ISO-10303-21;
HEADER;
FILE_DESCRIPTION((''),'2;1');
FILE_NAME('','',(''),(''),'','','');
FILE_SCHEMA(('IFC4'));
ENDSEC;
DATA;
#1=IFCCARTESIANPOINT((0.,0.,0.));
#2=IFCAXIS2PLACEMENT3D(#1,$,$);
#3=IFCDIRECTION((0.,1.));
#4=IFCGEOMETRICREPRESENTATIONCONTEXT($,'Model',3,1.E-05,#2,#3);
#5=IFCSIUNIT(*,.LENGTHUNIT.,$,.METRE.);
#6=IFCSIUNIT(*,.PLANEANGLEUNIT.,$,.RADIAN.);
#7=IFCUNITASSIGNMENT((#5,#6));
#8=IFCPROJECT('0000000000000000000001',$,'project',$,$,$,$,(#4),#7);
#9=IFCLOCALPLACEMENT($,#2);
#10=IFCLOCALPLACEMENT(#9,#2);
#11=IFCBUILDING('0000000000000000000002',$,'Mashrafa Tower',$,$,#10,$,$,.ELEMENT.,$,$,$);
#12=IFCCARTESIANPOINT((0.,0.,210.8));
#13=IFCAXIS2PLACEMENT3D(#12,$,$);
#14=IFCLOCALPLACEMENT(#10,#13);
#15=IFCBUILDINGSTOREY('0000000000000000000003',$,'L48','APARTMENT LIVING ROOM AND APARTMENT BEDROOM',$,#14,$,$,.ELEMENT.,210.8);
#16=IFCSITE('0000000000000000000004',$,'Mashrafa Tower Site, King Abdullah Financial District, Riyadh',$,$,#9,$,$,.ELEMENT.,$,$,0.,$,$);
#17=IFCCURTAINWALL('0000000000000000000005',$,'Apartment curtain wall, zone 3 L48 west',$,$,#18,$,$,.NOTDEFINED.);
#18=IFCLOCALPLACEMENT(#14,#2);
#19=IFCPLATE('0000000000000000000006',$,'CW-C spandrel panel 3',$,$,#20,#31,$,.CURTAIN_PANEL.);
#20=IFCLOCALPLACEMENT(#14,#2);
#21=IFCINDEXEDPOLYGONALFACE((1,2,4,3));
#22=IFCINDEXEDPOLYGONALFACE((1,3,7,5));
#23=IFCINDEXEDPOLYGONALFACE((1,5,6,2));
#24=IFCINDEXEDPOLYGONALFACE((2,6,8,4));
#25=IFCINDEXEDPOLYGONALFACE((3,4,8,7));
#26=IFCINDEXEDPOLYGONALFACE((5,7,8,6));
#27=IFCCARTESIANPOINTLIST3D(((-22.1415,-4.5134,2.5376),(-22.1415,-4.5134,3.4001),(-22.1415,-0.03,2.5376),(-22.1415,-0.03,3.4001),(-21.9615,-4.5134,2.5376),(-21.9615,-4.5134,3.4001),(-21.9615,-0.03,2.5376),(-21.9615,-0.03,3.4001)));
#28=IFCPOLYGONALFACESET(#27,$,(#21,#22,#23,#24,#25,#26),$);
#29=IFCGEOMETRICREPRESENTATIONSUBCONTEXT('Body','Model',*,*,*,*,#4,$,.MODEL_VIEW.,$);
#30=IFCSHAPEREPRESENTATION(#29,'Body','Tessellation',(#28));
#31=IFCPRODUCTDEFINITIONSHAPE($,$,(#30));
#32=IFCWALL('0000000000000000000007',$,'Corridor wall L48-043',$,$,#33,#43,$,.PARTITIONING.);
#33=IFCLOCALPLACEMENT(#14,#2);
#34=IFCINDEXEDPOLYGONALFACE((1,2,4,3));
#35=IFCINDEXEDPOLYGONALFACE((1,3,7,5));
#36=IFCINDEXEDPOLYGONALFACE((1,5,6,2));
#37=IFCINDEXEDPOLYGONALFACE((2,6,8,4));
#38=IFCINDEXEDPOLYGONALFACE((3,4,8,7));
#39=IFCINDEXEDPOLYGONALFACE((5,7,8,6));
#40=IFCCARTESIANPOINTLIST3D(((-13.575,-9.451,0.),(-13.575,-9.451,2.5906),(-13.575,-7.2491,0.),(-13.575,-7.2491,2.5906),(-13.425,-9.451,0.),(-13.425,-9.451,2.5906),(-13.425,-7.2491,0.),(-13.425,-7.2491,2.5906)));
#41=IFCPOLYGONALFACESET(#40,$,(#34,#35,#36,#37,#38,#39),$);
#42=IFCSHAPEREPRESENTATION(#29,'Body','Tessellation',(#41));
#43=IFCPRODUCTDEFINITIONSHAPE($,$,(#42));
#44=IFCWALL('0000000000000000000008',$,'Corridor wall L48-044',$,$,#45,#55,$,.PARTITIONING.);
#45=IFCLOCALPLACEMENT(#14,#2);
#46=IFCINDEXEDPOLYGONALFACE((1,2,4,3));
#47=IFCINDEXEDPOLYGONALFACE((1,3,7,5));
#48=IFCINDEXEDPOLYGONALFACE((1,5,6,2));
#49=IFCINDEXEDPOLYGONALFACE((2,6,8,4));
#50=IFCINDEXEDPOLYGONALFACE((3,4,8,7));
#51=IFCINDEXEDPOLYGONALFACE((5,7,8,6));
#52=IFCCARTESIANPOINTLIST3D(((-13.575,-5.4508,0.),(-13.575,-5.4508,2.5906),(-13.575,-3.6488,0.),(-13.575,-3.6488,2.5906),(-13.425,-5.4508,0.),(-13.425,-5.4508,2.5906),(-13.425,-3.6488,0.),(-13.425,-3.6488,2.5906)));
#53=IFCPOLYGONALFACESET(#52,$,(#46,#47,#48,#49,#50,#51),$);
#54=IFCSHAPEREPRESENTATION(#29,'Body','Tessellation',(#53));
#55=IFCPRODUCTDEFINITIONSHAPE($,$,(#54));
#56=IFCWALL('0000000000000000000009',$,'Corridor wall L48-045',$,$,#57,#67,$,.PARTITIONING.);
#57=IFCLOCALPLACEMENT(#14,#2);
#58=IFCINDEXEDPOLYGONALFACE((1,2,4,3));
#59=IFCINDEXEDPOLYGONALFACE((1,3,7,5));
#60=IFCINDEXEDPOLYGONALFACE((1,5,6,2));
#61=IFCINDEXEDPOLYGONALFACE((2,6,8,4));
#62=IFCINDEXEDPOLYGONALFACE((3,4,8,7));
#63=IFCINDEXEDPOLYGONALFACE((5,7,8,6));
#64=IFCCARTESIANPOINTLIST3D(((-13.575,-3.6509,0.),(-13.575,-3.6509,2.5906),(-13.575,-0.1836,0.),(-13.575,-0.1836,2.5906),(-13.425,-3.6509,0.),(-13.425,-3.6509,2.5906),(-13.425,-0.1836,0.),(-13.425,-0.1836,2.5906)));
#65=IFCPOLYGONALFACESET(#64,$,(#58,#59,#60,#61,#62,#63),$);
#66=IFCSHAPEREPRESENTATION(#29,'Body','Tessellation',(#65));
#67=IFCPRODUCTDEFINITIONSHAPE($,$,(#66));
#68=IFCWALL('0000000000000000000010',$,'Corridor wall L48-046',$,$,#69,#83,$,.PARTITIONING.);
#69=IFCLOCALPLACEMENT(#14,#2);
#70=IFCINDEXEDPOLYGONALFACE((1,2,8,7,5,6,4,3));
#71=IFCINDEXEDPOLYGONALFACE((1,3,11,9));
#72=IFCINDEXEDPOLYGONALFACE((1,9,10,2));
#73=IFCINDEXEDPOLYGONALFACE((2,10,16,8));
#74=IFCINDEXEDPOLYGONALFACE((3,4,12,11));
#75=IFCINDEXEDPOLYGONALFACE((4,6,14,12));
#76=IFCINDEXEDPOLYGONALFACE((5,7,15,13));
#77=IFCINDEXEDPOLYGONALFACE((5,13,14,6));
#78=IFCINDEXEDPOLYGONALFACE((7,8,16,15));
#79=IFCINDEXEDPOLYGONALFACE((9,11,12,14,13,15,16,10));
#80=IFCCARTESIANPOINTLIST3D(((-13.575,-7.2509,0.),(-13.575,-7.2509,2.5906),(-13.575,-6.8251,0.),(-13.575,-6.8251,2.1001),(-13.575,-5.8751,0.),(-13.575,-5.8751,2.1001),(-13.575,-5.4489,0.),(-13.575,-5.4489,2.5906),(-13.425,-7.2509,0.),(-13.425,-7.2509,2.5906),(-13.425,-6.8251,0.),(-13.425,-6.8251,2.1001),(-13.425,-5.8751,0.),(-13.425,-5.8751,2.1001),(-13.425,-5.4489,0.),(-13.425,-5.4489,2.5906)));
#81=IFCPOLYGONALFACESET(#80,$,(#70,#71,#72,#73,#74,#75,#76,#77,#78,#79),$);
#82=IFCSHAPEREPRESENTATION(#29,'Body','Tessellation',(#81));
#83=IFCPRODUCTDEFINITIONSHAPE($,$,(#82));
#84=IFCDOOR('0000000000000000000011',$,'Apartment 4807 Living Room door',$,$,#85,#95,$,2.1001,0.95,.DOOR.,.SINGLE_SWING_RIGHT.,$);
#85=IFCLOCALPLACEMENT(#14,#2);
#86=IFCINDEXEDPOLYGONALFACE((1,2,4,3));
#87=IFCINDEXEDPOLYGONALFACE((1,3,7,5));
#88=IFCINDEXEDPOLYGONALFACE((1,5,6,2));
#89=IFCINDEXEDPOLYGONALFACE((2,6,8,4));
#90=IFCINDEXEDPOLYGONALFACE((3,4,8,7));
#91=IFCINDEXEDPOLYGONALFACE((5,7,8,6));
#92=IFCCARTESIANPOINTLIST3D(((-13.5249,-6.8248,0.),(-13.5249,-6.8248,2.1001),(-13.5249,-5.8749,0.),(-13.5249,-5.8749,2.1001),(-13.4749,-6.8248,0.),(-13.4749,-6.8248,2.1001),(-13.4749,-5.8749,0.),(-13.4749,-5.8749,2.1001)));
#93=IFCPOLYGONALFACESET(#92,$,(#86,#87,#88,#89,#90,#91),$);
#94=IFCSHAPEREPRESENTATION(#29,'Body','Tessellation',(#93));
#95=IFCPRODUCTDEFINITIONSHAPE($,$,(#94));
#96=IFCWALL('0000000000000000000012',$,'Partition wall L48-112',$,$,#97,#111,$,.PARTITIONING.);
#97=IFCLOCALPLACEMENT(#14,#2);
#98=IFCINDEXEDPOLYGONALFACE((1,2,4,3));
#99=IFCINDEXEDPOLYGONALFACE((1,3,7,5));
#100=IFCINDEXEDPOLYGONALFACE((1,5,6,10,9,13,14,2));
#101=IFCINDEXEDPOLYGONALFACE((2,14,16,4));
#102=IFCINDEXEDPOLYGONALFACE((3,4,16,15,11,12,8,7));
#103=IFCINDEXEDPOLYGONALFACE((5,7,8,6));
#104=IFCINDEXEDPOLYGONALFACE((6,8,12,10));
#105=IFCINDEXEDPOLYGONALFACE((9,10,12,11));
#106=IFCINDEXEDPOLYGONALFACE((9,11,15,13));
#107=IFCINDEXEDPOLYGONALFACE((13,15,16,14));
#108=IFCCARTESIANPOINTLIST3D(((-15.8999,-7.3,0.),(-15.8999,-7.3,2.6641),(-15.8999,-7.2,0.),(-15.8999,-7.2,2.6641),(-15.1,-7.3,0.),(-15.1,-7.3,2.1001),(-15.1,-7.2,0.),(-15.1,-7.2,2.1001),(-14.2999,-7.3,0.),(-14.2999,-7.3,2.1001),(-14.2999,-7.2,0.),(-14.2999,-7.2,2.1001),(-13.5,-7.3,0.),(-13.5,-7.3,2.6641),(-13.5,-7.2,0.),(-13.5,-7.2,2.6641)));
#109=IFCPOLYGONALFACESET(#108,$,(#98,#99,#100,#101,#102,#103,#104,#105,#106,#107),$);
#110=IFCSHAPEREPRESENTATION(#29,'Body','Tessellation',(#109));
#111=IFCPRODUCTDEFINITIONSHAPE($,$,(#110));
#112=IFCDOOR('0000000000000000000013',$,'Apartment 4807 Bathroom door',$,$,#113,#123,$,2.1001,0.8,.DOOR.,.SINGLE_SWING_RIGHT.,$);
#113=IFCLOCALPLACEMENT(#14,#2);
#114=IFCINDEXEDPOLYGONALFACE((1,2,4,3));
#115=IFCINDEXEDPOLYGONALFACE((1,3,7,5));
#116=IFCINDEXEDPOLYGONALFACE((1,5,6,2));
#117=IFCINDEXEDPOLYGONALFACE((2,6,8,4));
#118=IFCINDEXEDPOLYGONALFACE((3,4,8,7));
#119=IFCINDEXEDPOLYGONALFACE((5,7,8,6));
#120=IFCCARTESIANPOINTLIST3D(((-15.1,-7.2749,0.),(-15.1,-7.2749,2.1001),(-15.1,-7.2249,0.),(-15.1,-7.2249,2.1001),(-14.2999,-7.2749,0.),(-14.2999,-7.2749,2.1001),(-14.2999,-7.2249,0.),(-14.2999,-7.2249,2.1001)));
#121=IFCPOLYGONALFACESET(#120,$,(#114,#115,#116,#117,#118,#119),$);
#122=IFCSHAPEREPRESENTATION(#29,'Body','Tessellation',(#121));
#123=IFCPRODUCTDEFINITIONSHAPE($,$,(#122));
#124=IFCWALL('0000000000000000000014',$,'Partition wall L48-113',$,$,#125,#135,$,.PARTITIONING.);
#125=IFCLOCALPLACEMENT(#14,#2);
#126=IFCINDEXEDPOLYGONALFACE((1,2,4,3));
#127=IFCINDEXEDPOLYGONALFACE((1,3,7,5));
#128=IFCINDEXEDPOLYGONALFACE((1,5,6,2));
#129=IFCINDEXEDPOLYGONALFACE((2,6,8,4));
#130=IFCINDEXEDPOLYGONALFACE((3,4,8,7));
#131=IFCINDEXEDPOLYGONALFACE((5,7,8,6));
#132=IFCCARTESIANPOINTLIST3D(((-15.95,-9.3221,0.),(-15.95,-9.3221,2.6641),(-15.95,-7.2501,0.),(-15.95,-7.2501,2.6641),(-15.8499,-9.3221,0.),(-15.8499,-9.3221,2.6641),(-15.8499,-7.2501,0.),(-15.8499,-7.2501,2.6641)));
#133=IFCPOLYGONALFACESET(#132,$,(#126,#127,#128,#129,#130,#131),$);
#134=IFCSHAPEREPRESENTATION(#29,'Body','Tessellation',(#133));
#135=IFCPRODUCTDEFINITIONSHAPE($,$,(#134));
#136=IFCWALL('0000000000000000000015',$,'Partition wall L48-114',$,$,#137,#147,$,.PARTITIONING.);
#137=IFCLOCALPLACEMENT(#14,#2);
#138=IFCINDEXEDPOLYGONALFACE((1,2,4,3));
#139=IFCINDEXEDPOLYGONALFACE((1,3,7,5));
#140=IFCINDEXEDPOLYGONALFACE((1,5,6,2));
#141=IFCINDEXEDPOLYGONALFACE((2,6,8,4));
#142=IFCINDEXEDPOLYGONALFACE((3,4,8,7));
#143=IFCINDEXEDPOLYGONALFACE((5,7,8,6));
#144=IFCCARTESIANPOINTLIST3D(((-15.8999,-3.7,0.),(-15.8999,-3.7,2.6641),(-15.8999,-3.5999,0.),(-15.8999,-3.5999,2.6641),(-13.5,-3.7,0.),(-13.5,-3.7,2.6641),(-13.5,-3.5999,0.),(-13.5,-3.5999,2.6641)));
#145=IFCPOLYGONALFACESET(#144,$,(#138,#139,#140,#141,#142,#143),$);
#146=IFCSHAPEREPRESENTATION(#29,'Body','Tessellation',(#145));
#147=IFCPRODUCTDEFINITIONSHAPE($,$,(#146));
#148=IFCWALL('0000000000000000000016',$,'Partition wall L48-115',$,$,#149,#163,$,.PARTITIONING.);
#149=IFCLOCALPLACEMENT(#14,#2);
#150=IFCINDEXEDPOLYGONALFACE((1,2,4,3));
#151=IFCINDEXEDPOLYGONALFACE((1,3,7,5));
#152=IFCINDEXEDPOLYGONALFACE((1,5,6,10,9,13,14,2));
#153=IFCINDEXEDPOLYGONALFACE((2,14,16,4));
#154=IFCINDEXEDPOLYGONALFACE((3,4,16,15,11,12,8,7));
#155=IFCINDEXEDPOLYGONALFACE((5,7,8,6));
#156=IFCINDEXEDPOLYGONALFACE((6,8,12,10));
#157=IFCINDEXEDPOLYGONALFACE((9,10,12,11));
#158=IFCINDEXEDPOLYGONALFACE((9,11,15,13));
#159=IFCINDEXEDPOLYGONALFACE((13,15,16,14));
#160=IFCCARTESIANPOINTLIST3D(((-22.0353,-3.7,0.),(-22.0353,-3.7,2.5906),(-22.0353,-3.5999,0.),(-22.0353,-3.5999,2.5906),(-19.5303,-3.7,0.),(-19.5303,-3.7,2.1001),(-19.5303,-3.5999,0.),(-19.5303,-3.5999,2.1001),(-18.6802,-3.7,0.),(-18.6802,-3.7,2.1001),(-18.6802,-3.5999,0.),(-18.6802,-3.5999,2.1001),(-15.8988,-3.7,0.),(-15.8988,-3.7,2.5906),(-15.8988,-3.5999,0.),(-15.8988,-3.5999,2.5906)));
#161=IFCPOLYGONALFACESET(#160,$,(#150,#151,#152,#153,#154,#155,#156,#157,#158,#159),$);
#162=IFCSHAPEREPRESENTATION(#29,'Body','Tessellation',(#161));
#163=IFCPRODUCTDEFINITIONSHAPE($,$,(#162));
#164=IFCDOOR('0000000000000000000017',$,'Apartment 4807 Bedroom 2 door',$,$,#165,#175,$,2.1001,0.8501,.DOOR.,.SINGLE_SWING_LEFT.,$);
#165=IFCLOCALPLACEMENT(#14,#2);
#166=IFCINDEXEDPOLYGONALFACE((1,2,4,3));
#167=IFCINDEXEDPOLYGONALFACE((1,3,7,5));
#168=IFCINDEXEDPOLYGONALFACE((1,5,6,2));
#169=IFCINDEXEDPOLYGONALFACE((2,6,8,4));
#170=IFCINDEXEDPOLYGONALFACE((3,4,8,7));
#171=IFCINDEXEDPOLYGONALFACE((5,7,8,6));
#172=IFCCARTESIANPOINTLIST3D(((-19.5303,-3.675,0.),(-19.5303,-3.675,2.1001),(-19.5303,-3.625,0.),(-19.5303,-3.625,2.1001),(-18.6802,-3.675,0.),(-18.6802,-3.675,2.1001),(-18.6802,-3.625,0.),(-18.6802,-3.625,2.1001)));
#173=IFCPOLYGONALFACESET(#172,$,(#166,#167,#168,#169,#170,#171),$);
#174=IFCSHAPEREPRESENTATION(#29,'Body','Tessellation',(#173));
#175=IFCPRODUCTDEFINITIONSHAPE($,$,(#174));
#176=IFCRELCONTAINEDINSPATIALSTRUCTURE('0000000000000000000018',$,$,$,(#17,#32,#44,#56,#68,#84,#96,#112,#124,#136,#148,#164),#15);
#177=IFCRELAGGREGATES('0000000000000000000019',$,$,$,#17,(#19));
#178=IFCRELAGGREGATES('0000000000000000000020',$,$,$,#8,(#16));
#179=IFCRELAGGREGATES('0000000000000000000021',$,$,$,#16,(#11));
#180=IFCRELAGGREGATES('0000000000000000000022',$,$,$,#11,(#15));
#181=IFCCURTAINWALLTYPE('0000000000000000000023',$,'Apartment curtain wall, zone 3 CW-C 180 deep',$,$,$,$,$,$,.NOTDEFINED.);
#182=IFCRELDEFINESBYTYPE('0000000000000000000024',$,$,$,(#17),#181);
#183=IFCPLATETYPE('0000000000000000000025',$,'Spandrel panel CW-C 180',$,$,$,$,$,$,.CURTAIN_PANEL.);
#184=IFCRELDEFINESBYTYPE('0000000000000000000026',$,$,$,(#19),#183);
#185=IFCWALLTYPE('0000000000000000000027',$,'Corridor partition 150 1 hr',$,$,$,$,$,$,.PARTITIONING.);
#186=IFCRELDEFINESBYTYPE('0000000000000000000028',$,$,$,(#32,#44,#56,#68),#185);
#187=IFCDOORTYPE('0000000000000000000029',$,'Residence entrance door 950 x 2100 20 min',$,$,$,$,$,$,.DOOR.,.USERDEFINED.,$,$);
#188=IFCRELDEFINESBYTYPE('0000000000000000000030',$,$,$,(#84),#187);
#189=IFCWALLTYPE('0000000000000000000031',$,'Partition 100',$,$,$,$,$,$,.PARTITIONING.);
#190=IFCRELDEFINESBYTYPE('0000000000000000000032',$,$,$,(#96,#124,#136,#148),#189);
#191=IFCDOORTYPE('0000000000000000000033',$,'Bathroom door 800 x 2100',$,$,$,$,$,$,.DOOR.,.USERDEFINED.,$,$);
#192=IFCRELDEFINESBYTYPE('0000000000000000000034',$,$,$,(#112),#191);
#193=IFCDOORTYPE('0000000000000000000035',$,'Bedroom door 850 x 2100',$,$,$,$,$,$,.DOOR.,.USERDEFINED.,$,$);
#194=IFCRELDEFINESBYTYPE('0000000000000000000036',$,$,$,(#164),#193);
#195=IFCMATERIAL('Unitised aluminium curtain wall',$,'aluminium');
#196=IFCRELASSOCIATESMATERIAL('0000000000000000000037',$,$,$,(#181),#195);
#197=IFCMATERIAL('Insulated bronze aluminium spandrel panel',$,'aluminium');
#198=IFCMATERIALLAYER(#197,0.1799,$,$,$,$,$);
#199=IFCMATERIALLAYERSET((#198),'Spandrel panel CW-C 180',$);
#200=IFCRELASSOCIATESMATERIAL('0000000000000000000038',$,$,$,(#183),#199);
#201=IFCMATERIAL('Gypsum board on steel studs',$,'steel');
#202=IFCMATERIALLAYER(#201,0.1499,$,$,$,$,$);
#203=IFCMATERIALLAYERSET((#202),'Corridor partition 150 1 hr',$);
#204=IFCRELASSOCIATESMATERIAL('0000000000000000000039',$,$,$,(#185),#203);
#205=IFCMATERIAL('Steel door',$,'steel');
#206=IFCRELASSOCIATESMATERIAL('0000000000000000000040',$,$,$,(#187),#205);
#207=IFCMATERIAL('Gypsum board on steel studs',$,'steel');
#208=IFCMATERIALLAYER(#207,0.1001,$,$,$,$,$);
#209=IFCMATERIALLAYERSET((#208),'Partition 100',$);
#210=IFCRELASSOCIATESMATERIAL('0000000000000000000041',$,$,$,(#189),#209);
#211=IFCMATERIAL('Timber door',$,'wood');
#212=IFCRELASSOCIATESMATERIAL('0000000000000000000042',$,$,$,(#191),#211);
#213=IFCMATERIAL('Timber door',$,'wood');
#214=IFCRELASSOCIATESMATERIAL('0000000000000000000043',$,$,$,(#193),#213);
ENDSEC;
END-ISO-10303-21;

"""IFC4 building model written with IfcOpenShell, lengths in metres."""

from ifc_helpers import new_model, si_unit, direction, frame, frame_2d, origin, origin_2d, place, context, subcontext, project, spatial, rectangle, extrude, source, transform, mapped, material, layer, layer_set, type_object, element, fill, aggregate, save


model = new_model("IFC4")

# Units and contexts
model_context = context("Model", 3, precision=1e-05, world=origin(), true_north=direction((0.0, 1.0)))
body_context = subcontext(model_context, "Body", "Model", "MODEL_VIEW")
ifc_project = project(units=[si_unit("LENGTHUNIT", "METRE"), si_unit("PLANEANGLEUNIT", "RADIAN")], contexts=[model_context])

# Site, building, storey
site_placement = place(None, origin())
site = spatial("IfcSite", under=ifc_project, at=site_placement, Name="Mashrafa Tower Site, King Abdullah Financial District, Riyadh", CompositionType="ELEMENT", RefElevation=0.0)
building_placement = place(site_placement, origin())
building = spatial("IfcBuilding", under=site, at=building_placement, Name="Mashrafa Tower", CompositionType="ELEMENT")
storey_placement = place(building_placement, frame((0.0, 0.0, 210.8)))
storey = spatial("IfcBuildingStorey", under=building, at=storey_placement, Name="L48", Description="APARTMENT LIVING ROOM AND APARTMENT BEDROOM", CompositionType="ELEMENT", Elevation=210.8)

# Curtain wall
ifc_material_1 = material(Name="Unitised aluminium curtain wall", Category="aluminium")
curtain_wall_type = type_object("IfcCurtainWallType", Name="Apartment curtain wall, zone 3 CW-C 180 deep", PredefinedType="NOTDEFINED", material=ifc_material_1)
curtain_wall_1_placement = place(storey_placement, origin())
curtain_wall_1 = element("IfcCurtainWall", 1, at=curtain_wall_1_placement, inside=storey, type_object=curtain_wall_type, Name="Apartment curtain wall, zone 3 L48 west", PredefinedType="NOTDEFINED")

# Plate
ifc_material_2 = material(Name="Insulated bronze aluminium spandrel panel", Category="aluminium")
ifc_layer_1 = layer(ifc_material_2, 0.1799)
ifc_layer_set_1 = layer_set([ifc_layer_1], Name="Spandrel panel CW-C 180")
plate_type_1 = type_object("IfcPlateType", Name="Spandrel panel CW-C 180", PredefinedType="CURTAIN_PANEL", material=ifc_layer_set_1)
shared_shape_1 = source(origin(), body_context, "Body", "SweptSolid", [
    extrude(rectangle(XDim=4.4834, YDim=0.1799, at=origin_2d()), origin(), (0.0, 0.0, 1.0), 0.8625),
])
plate_1_placement = place(storey_placement, frame((-22.0515, -2.2717, 2.5376), z_axis=(0.0, 0.0, 1.0), x_axis=(0.0, -1.0, 0.0)))
plate_1 = element("IfcPlate", 2, at=plate_1_placement, type_object=plate_type_1, Name="CW-C spandrel panel 3", PredefinedType="CURTAIN_PANEL", context=body_context, shape_type="MappedRepresentation", body=[
    mapped(shared_shape_1, transform((0.0, 0.0, 0.0))),
])
aggregate(curtain_wall_1, [plate_1])

# Walls
ifc_material_3 = material(Name="Gypsum board on steel studs", Category="steel")
ifc_layer_2 = layer(ifc_material_3, 0.1499)
ifc_layer_set_2 = layer_set([ifc_layer_2], Name="Corridor partition 150 1 hr")
wall_type_1 = type_object("IfcWallType", Name="Corridor partition 150 1 hr", PredefinedType="PARTITIONING", material=ifc_layer_set_2)
wall_1_placement = place(storey_placement, frame((-13.5, -7.249, 0.0), z_axis=(0.0, 0.0, 1.0), x_axis=(0.0, -1.0, 0.0)))
element("IfcWall", 3, at=wall_1_placement, inside=storey, type_object=wall_type_1, Name="Corridor wall L48-043", PredefinedType="PARTITIONING", context=body_context, shape_type="SweptSolid", body=[
    extrude(rectangle(XDim=2.2019, YDim=0.1499, at=frame_2d((1.1011, 0.0))), origin(), (0.0, 0.0, 1.0), 2.5906),
])
wall_2_placement = place(storey_placement, frame((-13.5, -3.6489, 0.0), z_axis=(0.0, 0.0, 1.0), x_axis=(0.0, -1.0, 0.0)))
element("IfcWall", 4, at=wall_2_placement, inside=storey, type_object=wall_type_1, Name="Corridor wall L48-044", PredefinedType="PARTITIONING", context=body_context, shape_type="SweptSolid", body=[
    extrude(rectangle(XDim=1.802, YDim=0.1499, at=frame_2d((0.9009, 0.0))), origin(), (0.0, 0.0, 1.0), 2.5906),
])
wall_3_placement = place(storey_placement, frame((-13.5, -0.1836, 0.0), z_axis=(0.0, 0.0, 1.0), x_axis=(0.0, -1.0, 0.0)))
element("IfcWall", 5, at=wall_3_placement, inside=storey, type_object=wall_type_1, Name="Corridor wall L48-045", PredefinedType="PARTITIONING", context=body_context, shape_type="SweptSolid", body=[
    extrude(rectangle(XDim=3.4673, YDim=0.1499, at=frame_2d((1.7336, 0.0))), origin(), (0.0, 0.0, 1.0), 2.5906),
])

# Walls, openings, doors
wall_4_placement = place(storey_placement, frame((-13.5, -5.449, 0.0), z_axis=(0.0, 0.0, 1.0), x_axis=(0.0, -1.0, 0.0)))
wall_4 = element("IfcWall", 6, at=wall_4_placement, inside=storey, type_object=wall_type_1, Name="Corridor wall L48-046", PredefinedType="PARTITIONING", context=body_context, shape_type="SweptSolid", body=[
    extrude(rectangle(XDim=1.802, YDim=0.1499, at=frame_2d((0.9009, 0.0))), origin(), (0.0, 0.0, 1.0), 2.5906),
])
opening_1_placement = place(wall_4_placement, frame((0.426, 0.0, 0.0)))
opening_1 = element("IfcOpeningElement", 7, at=opening_1_placement, cuts=wall_4, PredefinedType="OPENING", context=body_context, shape_type="SweptSolid", body=[
    extrude(rectangle(XDim=0.95, YDim=2.1001, at=frame_2d((0.4751, 1.05))), frame((0.0, 0.085, 0.0), z_axis=(0.0, -1.0, 0.0), x_axis=(1.0, 0.0, 0.0)), (0.0, 0.0, 1.0), 0.1699),
])
ifc_material_4 = material(Name="Steel door", Category="steel")
door_type_1 = type_object("IfcDoorType", Name="Residence entrance door 950 x 2100 20 min", OperationType="USERDEFINED", PredefinedType="DOOR", material=ifc_material_4)
door_1_placement = place(opening_1_placement, frame((0.95, 0.0, 0.0), z_axis=(0.0, 0.0, 1.0), x_axis=(-1.0, 0.0, 0.0)))
door_1 = element("IfcDoor", 8, at=door_1_placement, inside=storey, type_object=door_type_1, Name="Apartment 4807 Living Room door", OperationType="SINGLE_SWING_RIGHT", OverallHeight=2.1001, OverallWidth=0.95, PredefinedType="DOOR", context=body_context, shape_type="SweptSolid", body=[
    extrude(rectangle(XDim=0.95, YDim=2.1001, at=frame_2d((0.4751, 1.05))), frame((0.0, 0.0249, 0.0), z_axis=(0.0, -1.0, 0.0), x_axis=(1.0, 0.0, 0.0)), (0.0, 0.0, 1.0), 0.05),
])
fill(opening_1, door_1)
ifc_material_5 = material(Name="Gypsum board on steel studs", Category="steel")
ifc_layer_3 = layer(ifc_material_5, 0.1001)
ifc_layer_set_3 = layer_set([ifc_layer_3], Name="Partition 100")
wall_type_2 = type_object("IfcWallType", Name="Partition 100", PredefinedType="PARTITIONING", material=ifc_layer_set_3)
wall_5_placement = place(storey_placement, frame((-13.5, -7.25, 0.0), z_axis=(0.0, 0.0, 1.0), x_axis=(-1.0, 0.0, 0.0)))
wall_5 = element("IfcWall", 9, at=wall_5_placement, inside=storey, type_object=wall_type_2, Name="Partition wall L48-112", PredefinedType="PARTITIONING", context=body_context, shape_type="SweptSolid", body=[
    extrude(rectangle(XDim=2.3999, YDim=0.1001, at=frame_2d((1.2, 0.0))), origin(), (0.0, 0.0, 1.0), 2.6641),
])
opening_2_placement = place(wall_5_placement, frame((0.8, 0.0, 0.0)))
opening_2 = element("IfcOpeningElement", 10, at=opening_2_placement, cuts=wall_5, PredefinedType="OPENING", context=body_context, shape_type="SweptSolid", body=[
    extrude(rectangle(XDim=0.8, YDim=2.1001, at=frame_2d((0.3999, 1.05))), frame((0.0, 0.0601, 0.0), z_axis=(0.0, -1.0, 0.0), x_axis=(1.0, 0.0, 0.0)), (0.0, 0.0, 1.0), 0.1201),
])
ifc_material_6 = material(Name="Timber door", Category="wood")
door_type_2 = type_object("IfcDoorType", Name="Bathroom door 800 x 2100", OperationType="USERDEFINED", PredefinedType="DOOR", material=ifc_material_6)
door_2_placement = place(opening_2_placement, origin())
door_2 = element("IfcDoor", 11, at=door_2_placement, inside=storey, type_object=door_type_2, Name="Apartment 4807 Bathroom door", OperationType="SINGLE_SWING_RIGHT", OverallHeight=2.1001, OverallWidth=0.8, PredefinedType="DOOR", context=body_context, shape_type="SweptSolid", body=[
    extrude(rectangle(XDim=0.8, YDim=2.1001, at=frame_2d((0.3999, 1.05))), frame((0.0, 0.0249, 0.0), z_axis=(0.0, -1.0, 0.0), x_axis=(1.0, 0.0, 0.0)), (0.0, 0.0, 1.0), 0.05),
])
fill(opening_2, door_2)

# Walls
wall_6_placement = place(storey_placement, frame((-15.8999, -7.25, 0.0), z_axis=(0.0, 0.0, 1.0), x_axis=(0.0, -1.0, 0.0)))
element("IfcWall", 12, at=wall_6_placement, inside=storey, type_object=wall_type_2, Name="Partition wall L48-113", PredefinedType="PARTITIONING", context=body_context, shape_type="SweptSolid", body=[
    extrude(rectangle(XDim=2.072, YDim=0.1001, at=frame_2d((1.0361, 0.0))), origin(), (0.0, 0.0, 1.0), 2.6641),
])
wall_7_placement = place(storey_placement, frame((-13.5, -3.6499, 0.0), z_axis=(0.0, 0.0, 1.0), x_axis=(-1.0, 0.0, 0.0)))
element("IfcWall", 13, at=wall_7_placement, inside=storey, type_object=wall_type_2, Name="Partition wall L48-114", PredefinedType="PARTITIONING", context=body_context, shape_type="SweptSolid", body=[
    extrude(rectangle(XDim=2.3999, YDim=0.1001, at=frame_2d((1.2, 0.0))), origin(), (0.0, 0.0, 1.0), 2.6641),
])

# Wall, opening, door
wall_8_placement = place(storey_placement, frame((-22.0354, -3.6499, 0.0), z_axis=(0.0, 0.0, 1.0), x_axis=(1.0, 0.0, 0.0)))
wall_8 = element("IfcWall", 14, at=wall_8_placement, inside=storey, type_object=wall_type_2, Name="Partition wall L48-115", PredefinedType="PARTITIONING", context=body_context, shape_type="SweptSolid", body=[
    extrude(rectangle(XDim=6.1365, YDim=0.1001, at=frame_2d((3.0684, 0.0))), origin(), (0.0, 0.0, 1.0), 2.5906),
])
opening_3_placement = place(wall_8_placement, frame((2.5051, 0.0, 0.0)))
opening_3 = element("IfcOpeningElement", 15, at=opening_3_placement, cuts=wall_8, PredefinedType="OPENING", context=body_context, shape_type="SweptSolid", body=[
    extrude(rectangle(XDim=0.8501, YDim=2.1001, at=frame_2d((0.425, 1.05))), frame((0.0, 0.0601, 0.0), z_axis=(0.0, -1.0, 0.0), x_axis=(1.0, 0.0, 0.0)), (0.0, 0.0, 1.0), 0.1201),
])
ifc_material_7 = material(Name="Timber door", Category="wood")
door_type_3 = type_object("IfcDoorType", Name="Bedroom door 850 x 2100", OperationType="USERDEFINED", PredefinedType="DOOR", material=ifc_material_7)
door_3_placement = place(opening_3_placement, origin())
door_3 = element("IfcDoor", 16, at=door_3_placement, inside=storey, type_object=door_type_3, Name="Apartment 4807 Bedroom 2 door", OperationType="SINGLE_SWING_LEFT", OverallHeight=2.1001, OverallWidth=0.8501, PredefinedType="DOOR", context=body_context, shape_type="SweptSolid", body=[
    extrude(rectangle(XDim=0.8501, YDim=2.1001, at=frame_2d((0.425, 1.05))), frame((0.0, 0.0249, 0.0), z_axis=(0.0, -1.0, 0.0), x_axis=(1.0, 0.0, 0.0)), (0.0, 0.0, 1.0), 0.05),
])
fill(opening_3, door_3)

save(model, "model.ifc")
